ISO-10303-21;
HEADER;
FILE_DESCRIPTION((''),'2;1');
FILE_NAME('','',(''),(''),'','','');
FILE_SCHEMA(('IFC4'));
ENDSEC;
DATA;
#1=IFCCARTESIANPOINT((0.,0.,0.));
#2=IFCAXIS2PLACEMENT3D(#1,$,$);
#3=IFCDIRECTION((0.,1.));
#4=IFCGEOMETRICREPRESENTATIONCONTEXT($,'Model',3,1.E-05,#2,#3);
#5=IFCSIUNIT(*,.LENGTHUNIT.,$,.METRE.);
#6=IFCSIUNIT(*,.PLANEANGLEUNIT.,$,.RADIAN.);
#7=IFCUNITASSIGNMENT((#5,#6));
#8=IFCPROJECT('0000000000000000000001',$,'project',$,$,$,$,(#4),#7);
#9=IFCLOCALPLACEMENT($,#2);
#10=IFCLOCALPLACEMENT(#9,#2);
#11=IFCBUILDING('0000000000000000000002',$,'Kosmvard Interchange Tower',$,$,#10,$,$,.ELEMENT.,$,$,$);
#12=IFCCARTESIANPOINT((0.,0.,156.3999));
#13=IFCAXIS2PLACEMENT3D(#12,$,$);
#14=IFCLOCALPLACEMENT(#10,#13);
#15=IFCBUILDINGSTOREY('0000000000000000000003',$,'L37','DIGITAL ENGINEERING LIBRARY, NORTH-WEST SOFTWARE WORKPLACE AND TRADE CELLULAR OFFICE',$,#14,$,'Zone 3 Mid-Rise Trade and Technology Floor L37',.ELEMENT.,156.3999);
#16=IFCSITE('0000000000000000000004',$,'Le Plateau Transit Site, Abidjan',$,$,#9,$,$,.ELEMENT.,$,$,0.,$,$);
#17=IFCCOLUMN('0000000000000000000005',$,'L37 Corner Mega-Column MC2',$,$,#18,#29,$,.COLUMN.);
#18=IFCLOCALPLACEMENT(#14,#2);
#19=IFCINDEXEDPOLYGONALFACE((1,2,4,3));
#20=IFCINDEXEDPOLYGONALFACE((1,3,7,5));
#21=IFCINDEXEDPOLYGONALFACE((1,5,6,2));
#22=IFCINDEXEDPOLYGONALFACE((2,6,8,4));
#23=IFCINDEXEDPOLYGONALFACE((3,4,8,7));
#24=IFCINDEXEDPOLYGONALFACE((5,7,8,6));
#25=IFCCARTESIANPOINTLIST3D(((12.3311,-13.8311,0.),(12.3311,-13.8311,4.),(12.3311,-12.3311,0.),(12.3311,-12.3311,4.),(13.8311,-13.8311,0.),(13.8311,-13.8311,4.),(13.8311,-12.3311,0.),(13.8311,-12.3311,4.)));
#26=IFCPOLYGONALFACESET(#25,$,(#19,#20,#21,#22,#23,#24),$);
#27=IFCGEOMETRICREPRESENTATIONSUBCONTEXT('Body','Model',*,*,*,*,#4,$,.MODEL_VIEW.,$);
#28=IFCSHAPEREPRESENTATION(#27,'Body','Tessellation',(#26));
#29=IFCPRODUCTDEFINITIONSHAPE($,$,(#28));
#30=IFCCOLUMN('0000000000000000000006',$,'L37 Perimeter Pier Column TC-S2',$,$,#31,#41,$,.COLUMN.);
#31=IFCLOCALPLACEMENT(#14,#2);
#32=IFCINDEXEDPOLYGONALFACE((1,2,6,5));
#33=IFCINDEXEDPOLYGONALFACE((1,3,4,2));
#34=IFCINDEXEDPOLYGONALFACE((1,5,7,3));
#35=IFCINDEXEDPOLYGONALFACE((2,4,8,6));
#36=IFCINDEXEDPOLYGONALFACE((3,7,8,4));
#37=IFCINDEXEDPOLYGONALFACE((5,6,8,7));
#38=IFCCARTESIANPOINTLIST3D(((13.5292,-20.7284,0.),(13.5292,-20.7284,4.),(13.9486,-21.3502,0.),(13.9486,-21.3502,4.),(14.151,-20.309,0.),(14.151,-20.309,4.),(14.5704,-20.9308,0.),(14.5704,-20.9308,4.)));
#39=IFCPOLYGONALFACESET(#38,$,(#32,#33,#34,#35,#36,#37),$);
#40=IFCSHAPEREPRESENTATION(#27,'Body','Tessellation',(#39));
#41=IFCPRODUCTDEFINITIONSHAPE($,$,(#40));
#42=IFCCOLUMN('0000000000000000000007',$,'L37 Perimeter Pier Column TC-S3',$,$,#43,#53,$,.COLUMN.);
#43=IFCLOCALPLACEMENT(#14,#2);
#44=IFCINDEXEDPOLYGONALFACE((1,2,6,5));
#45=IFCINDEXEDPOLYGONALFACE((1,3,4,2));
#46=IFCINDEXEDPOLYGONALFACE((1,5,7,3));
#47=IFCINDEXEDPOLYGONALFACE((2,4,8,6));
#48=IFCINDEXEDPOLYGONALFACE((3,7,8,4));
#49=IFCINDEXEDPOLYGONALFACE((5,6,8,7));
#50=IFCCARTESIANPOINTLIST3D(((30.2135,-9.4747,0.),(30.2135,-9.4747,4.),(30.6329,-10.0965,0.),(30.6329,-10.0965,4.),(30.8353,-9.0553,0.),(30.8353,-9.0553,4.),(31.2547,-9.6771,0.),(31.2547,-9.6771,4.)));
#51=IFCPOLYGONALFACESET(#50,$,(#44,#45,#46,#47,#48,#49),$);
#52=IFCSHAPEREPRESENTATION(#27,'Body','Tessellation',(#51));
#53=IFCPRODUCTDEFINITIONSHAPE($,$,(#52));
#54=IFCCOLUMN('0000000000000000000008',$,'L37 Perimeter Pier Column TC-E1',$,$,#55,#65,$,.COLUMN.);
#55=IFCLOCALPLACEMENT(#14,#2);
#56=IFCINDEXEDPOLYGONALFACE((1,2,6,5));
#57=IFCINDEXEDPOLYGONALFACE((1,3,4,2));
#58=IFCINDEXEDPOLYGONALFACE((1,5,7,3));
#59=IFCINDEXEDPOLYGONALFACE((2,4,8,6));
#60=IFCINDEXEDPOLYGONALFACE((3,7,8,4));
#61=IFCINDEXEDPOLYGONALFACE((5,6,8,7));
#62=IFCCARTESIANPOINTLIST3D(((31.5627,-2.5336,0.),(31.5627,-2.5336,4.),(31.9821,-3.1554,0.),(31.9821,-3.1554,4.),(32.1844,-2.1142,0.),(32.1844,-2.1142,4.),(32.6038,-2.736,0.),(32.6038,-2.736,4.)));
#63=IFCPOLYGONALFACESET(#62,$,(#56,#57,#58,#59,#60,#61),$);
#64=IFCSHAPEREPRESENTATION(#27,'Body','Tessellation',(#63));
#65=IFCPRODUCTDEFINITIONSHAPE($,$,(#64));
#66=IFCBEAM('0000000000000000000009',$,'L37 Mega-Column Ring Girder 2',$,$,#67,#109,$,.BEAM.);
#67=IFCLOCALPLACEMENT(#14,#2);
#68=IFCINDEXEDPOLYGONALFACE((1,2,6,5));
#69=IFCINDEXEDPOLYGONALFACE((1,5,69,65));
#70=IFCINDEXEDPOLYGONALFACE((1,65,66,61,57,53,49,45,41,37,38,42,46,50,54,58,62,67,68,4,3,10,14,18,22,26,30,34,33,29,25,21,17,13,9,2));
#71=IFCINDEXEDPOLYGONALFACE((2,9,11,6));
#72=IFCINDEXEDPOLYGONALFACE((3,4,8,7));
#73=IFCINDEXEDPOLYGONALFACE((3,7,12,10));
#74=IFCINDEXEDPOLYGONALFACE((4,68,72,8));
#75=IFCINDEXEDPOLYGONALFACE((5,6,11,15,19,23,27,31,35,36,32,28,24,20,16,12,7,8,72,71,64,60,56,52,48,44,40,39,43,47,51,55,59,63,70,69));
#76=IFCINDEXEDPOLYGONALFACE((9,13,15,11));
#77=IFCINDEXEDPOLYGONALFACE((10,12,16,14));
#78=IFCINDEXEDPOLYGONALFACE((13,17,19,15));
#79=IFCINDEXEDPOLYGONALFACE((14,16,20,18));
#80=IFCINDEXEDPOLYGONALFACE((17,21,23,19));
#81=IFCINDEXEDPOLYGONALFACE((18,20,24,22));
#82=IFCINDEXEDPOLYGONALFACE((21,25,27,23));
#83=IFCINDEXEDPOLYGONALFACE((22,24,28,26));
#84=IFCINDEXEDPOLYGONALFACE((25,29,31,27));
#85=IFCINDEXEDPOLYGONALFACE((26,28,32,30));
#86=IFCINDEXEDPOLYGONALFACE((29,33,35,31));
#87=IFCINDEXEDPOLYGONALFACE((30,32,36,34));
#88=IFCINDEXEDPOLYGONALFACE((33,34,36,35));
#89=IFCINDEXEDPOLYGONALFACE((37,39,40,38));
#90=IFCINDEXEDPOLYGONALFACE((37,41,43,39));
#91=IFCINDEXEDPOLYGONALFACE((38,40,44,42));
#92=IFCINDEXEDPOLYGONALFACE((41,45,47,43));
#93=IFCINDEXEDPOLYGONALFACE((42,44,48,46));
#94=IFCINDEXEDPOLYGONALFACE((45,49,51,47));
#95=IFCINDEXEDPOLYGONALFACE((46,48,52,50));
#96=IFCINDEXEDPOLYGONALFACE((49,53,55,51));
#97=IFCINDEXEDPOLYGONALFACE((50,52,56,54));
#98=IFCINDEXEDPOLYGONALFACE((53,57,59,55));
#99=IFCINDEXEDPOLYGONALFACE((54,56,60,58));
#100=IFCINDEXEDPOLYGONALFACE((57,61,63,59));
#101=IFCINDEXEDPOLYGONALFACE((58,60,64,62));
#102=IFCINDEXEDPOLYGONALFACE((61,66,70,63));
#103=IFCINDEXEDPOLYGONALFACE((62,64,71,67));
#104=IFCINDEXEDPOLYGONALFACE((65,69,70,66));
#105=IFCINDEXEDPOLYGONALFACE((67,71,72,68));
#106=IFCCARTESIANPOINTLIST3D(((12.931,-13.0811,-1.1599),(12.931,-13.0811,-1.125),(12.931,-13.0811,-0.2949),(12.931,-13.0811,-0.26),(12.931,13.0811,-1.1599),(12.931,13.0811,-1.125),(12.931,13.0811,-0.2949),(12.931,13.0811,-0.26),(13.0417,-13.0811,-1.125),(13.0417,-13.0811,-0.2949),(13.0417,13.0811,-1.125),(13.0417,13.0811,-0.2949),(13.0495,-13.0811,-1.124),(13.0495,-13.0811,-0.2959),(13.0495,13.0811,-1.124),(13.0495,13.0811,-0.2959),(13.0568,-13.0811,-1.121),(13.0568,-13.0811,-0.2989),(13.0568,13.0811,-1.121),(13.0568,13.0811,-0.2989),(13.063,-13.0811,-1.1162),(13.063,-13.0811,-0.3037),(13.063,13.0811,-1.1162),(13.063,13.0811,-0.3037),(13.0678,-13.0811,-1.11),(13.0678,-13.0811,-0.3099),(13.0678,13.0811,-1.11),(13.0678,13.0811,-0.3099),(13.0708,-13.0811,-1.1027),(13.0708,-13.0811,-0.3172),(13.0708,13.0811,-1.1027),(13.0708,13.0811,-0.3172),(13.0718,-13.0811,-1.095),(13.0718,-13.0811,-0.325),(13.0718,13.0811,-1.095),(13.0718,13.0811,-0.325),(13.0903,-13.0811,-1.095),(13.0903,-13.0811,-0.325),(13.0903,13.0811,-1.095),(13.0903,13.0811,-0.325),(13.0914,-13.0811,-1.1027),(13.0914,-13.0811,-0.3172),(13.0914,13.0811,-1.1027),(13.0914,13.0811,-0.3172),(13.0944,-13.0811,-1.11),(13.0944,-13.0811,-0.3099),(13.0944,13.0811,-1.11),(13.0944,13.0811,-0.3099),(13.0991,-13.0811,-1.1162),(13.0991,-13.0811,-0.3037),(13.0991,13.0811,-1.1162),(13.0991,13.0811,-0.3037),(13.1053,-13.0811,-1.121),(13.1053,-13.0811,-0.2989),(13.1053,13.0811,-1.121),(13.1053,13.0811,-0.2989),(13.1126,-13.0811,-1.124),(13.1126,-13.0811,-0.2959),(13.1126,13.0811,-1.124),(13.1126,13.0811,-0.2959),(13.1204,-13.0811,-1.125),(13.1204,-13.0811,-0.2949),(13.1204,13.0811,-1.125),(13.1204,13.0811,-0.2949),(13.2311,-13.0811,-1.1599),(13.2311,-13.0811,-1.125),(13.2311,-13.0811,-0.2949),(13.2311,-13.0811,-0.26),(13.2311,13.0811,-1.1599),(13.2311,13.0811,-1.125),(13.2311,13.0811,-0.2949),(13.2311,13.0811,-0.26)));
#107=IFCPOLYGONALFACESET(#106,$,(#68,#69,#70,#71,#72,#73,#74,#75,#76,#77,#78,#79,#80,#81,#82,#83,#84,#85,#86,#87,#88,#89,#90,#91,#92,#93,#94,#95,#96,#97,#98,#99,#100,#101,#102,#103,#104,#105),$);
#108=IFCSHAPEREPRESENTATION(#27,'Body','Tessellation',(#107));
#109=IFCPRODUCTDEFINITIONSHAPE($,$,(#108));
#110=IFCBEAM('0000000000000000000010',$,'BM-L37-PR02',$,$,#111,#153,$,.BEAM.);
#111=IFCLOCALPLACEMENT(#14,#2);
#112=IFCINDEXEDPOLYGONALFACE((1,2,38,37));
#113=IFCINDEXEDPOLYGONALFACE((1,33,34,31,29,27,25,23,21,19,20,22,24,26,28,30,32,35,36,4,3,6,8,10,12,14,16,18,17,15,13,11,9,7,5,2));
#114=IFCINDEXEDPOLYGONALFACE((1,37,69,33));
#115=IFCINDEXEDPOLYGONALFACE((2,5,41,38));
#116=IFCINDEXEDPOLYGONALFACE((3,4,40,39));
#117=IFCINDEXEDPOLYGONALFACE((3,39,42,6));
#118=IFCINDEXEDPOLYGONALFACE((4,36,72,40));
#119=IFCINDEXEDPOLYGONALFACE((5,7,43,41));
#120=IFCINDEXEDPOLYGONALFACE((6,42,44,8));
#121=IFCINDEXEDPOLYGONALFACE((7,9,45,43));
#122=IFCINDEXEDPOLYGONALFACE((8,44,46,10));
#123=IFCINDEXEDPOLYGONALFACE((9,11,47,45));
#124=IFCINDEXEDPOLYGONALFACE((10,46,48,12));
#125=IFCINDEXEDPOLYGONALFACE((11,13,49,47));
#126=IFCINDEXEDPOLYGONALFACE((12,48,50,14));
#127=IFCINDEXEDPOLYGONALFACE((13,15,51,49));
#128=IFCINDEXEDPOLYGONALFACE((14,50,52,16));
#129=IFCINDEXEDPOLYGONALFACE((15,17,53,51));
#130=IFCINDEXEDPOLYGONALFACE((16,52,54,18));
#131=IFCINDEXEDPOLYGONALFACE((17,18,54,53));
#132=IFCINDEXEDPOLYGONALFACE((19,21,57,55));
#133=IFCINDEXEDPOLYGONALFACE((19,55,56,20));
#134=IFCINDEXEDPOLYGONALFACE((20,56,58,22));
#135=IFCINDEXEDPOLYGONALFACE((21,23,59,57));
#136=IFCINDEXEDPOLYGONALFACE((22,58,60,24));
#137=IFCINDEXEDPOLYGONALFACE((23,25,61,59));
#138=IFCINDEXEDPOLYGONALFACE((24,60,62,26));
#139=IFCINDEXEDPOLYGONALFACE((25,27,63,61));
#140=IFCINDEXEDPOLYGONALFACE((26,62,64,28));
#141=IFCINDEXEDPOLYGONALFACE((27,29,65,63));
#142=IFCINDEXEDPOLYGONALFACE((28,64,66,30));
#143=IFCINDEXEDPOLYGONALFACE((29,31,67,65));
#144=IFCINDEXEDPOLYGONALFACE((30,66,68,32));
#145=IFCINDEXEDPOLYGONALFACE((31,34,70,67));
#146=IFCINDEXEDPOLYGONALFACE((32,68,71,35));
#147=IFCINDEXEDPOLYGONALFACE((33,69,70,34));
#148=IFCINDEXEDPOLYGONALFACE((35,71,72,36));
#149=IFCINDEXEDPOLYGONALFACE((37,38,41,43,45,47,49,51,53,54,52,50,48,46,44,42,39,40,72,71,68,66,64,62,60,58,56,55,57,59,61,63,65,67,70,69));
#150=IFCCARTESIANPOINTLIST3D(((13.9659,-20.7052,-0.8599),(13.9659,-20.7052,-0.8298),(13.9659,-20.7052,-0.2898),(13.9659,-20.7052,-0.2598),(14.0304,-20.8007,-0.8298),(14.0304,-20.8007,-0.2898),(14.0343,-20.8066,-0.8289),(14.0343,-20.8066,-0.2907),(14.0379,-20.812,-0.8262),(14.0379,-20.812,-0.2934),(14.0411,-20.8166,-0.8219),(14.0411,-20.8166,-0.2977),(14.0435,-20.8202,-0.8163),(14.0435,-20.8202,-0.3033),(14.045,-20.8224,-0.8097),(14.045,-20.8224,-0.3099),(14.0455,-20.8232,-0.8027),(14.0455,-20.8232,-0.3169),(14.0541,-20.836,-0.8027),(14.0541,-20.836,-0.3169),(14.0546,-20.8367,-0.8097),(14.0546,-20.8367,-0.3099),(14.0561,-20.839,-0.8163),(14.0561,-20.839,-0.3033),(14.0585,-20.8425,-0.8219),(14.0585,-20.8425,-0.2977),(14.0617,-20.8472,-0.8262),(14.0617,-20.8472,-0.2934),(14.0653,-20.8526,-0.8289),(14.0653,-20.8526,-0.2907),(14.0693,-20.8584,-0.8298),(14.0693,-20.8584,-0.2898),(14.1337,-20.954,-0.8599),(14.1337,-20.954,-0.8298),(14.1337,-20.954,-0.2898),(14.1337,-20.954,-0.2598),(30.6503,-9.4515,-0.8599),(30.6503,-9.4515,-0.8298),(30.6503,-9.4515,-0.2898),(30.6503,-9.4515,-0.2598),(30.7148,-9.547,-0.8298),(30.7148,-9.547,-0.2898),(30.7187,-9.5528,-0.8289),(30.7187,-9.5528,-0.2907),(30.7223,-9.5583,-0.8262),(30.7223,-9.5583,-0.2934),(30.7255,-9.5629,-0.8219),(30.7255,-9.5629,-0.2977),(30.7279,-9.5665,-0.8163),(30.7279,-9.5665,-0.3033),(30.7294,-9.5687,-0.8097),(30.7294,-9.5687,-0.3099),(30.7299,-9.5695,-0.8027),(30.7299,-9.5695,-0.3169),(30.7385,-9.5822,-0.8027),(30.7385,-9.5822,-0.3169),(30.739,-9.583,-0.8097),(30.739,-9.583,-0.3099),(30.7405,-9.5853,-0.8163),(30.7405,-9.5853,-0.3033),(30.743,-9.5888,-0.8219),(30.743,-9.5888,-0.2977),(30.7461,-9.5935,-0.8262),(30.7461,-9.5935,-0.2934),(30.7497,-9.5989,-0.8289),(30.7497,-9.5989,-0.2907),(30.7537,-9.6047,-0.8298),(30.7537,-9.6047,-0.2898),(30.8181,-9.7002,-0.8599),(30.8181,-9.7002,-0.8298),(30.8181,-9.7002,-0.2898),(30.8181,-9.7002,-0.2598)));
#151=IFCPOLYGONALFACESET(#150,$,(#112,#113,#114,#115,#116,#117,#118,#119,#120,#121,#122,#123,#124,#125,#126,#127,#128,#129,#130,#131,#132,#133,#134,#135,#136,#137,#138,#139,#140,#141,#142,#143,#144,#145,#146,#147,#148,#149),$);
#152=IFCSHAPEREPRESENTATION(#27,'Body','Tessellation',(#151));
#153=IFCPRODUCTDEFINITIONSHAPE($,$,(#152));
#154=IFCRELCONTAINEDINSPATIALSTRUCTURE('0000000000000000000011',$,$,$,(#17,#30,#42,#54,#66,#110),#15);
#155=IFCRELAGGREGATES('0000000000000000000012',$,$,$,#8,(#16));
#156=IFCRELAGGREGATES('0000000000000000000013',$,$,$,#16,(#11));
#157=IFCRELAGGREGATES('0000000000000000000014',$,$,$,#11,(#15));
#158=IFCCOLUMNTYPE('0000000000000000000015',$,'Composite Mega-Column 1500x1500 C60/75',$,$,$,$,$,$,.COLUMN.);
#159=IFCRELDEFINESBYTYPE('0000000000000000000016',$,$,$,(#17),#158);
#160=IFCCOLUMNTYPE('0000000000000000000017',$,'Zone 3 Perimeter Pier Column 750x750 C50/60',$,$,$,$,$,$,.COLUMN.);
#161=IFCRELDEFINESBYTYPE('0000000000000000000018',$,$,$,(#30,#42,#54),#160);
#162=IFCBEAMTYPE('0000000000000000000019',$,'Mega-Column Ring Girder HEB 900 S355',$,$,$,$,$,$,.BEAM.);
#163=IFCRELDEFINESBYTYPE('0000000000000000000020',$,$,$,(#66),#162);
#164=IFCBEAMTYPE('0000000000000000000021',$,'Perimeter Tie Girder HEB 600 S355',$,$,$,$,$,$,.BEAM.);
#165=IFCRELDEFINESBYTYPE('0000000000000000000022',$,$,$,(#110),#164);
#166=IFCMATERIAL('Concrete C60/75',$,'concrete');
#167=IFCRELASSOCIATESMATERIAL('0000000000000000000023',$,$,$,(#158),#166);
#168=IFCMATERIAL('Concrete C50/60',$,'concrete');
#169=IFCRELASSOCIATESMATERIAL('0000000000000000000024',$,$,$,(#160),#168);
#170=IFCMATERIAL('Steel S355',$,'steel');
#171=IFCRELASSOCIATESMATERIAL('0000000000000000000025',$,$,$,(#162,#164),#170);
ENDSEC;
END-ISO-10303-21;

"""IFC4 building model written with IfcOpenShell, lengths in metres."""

from ifc_helpers import new_model, si_unit, direction, frame, origin, origin_2d, place, context, subcontext, project, spatial, rectangle, i_section, extrude, source, transform, mapped, material, material_profile, profile_set, type_object, element, save


model = new_model("IFC4")

# Units and contexts
model_context = context("Model", 3, precision=1e-05, world=origin(), true_north=direction((0.0, 1.0)))
body_context = subcontext(model_context, "Body", "Model", "MODEL_VIEW")
ifc_project = project(units=[si_unit("LENGTHUNIT", "METRE"), si_unit("PLANEANGLEUNIT", "RADIAN")], contexts=[model_context])

# Site, building, storey
site_placement = place(None, origin())
site = spatial("IfcSite", under=ifc_project, at=site_placement, Name="Le Plateau Transit Site, Abidjan", CompositionType="ELEMENT", RefElevation=0.0)
building_placement = place(site_placement, origin())
building = spatial("IfcBuilding", under=site, at=building_placement, Name="Kosmvard Interchange Tower", CompositionType="ELEMENT")
storey_placement = place(building_placement, frame((0.0, 0.0, 156.3999)))
storey = spatial("IfcBuildingStorey", under=building, at=storey_placement, Name="L37", Description="DIGITAL ENGINEERING LIBRARY, NORTH-WEST SOFTWARE WORKPLACE AND TRADE CELLULAR OFFICE", LongName="Zone 3 Mid-Rise Trade and Technology Floor L37", CompositionType="ELEMENT", Elevation=156.3999)

# Columns
ifc_material_1 = material(Name="Concrete C60/75", Category="concrete")
ifc_material_profile_1 = material_profile(ifc_material_1, rectangle(XDim=1.5, YDim=1.5, at=origin_2d()), Name="MC 1500x1500")
ifc_profile_set_1 = profile_set([ifc_material_profile_1], Name="Concrete C60/75")
column_type_1 = type_object("IfcColumnType", Name="Composite Mega-Column 1500x1500 C60/75", PredefinedType="COLUMN", material=ifc_profile_set_1)
shared_shape_1 = source(origin(), body_context, "Body", "SweptSolid", [
    extrude(rectangle(XDim=1.5, YDim=1.5, at=origin_2d()), origin(), (0.0, 0.0, 1.0), 4.0),
])
column_placement = place(storey_placement, frame((13.0811, -13.0811, 0.0), z_axis=(0.0, 0.0, 1.0), x_axis=(1.0, 0.0, 0.0)))
element("IfcColumn", 1, at=column_placement, inside=storey, type_object=column_type_1, Name="L37 Corner Mega-Column MC2", PredefinedType="COLUMN", context=body_context, shape_type="MappedRepresentation", body=[
    mapped(shared_shape_1, transform((0.0, 0.0, 0.0), scale=1.0)),
])
ifc_material_2 = material(Name="Concrete C50/60", Category="concrete")
ifc_material_profile_2 = material_profile(ifc_material_2, rectangle(XDim=0.75, YDim=0.75, at=origin_2d()), Name="TC 750x750")
ifc_profile_set_2 = profile_set([ifc_material_profile_2], Name="Concrete C50/60")
column_type_2 = type_object("IfcColumnType", Name="Zone 3 Perimeter Pier Column 750x750 C50/60", PredefinedType="COLUMN", material=ifc_profile_set_2)
shared_shape_2 = source(origin(), body_context, "Body", "SweptSolid", [
    extrude(rectangle(XDim=0.75, YDim=0.75, at=origin_2d()), origin(), (0.0, 0.0, 1.0), 4.0),
])
for number, where, z_axis, x_axis, name in (
    (2, (14.0498, -20.8296, 0.0), (0.0, 0.0, 1.0), (0.829038, 0.559193, 0.0), "L37 Perimeter Pier Column TC-S2"),
    (3, (30.7341, -9.5759, 0.0), (0.0, 0.0, 1.0), (0.829038, 0.559193, 0.0), "L37 Perimeter Pier Column TC-S3"),
    (4, (32.0833, -2.6348, 0.0), (0.0, 0.0, 1.0), (0.829038, 0.559193, 0.0), "L37 Perimeter Pier Column TC-E1"),
):
    element("IfcColumn", number, at=place(storey_placement, frame(where, z_axis=z_axis, x_axis=x_axis)), inside=storey, type_object=column_type_2, Name=name, PredefinedType="COLUMN", context=body_context, shape_type="MappedRepresentation", body=[
        mapped(shared_shape_2, transform((0.0, 0.0, 0.0), scale=1.0)),
    ])

# Beams
ifc_material_3 = material(Name="Steel S355", Category="steel")
ifc_material_profile_3 = material_profile(ifc_material_3, i_section(OverallWidth=0.3, OverallDepth=0.8999, WebThickness=0.0186, FlangeThickness=0.0349, FilletRadius=0.03, at=origin_2d()), Name="HEB 900")
ifc_profile_set_3 = profile_set([ifc_material_profile_3], Name="Steel S355")
beam_type_1 = type_object("IfcBeamType", Name="Mega-Column Ring Girder HEB 900 S355", PredefinedType="BEAM", material=ifc_profile_set_3)
shared_shape_3 = source(origin(), body_context, "Body", "SweptSolid", [
    extrude(i_section(OverallWidth=0.3, OverallDepth=0.8999, WebThickness=0.0186, FlangeThickness=0.0349, FilletRadius=0.03, at=origin_2d()), origin(), (0.0, 0.0, 1.0), 26.1621),
])
beam_1_placement = place(storey_placement, frame((13.0811, -13.0811, -0.71), z_axis=(0.0, 1.0, 0.0), x_axis=(-1.0, 0.0, 0.0)))
element("IfcBeam", 5, at=beam_1_placement, inside=storey, type_object=beam_type_1, Name="L37 Mega-Column Ring Girder 2", PredefinedType="BEAM", context=body_context, shape_type="MappedRepresentation", body=[
    mapped(shared_shape_3, transform((0.0, 0.0, 0.0), scale=1.0)),
])
ifc_material_profile_4 = material_profile(ifc_material_3, i_section(OverallWidth=0.3, OverallDepth=0.6001, WebThickness=0.0154, FlangeThickness=0.03, FilletRadius=0.0271, at=origin_2d()), Name="HEB 600")
ifc_profile_set_4 = profile_set([ifc_material_profile_4], Name="Steel S355")
beam_type_2 = type_object("IfcBeamType", Name="Perimeter Tie Girder HEB 600 S355", PredefinedType="BEAM", material=ifc_profile_set_4)
shared_shape_4 = source(origin(), body_context, "Body", "SweptSolid", [
    extrude(i_section(OverallWidth=0.3, OverallDepth=0.6001, WebThickness=0.0154, FlangeThickness=0.03, FilletRadius=0.0271, at=origin_2d()), origin(), (0.0, 0.0, 1.0), 20.125),
])
for number, where, z_axis, x_axis, name in (
    (6, (14.0498, -20.8296, -0.5598), (0.829039, 0.559191, 0.0), (-0.559191, 0.829039, 0.0), "BM-L37-PR02"),
):
    element("IfcBeam", number, at=place(storey_placement, frame(where, z_axis=z_axis, x_axis=x_axis)), inside=storey, type_object=beam_type_2, Name=name, PredefinedType="BEAM", context=body_context, shape_type="MappedRepresentation", body=[
        mapped(shared_shape_4, transform((0.0, 0.0, 0.0), scale=1.0)),
    ])

save(model, "model.ifc")
